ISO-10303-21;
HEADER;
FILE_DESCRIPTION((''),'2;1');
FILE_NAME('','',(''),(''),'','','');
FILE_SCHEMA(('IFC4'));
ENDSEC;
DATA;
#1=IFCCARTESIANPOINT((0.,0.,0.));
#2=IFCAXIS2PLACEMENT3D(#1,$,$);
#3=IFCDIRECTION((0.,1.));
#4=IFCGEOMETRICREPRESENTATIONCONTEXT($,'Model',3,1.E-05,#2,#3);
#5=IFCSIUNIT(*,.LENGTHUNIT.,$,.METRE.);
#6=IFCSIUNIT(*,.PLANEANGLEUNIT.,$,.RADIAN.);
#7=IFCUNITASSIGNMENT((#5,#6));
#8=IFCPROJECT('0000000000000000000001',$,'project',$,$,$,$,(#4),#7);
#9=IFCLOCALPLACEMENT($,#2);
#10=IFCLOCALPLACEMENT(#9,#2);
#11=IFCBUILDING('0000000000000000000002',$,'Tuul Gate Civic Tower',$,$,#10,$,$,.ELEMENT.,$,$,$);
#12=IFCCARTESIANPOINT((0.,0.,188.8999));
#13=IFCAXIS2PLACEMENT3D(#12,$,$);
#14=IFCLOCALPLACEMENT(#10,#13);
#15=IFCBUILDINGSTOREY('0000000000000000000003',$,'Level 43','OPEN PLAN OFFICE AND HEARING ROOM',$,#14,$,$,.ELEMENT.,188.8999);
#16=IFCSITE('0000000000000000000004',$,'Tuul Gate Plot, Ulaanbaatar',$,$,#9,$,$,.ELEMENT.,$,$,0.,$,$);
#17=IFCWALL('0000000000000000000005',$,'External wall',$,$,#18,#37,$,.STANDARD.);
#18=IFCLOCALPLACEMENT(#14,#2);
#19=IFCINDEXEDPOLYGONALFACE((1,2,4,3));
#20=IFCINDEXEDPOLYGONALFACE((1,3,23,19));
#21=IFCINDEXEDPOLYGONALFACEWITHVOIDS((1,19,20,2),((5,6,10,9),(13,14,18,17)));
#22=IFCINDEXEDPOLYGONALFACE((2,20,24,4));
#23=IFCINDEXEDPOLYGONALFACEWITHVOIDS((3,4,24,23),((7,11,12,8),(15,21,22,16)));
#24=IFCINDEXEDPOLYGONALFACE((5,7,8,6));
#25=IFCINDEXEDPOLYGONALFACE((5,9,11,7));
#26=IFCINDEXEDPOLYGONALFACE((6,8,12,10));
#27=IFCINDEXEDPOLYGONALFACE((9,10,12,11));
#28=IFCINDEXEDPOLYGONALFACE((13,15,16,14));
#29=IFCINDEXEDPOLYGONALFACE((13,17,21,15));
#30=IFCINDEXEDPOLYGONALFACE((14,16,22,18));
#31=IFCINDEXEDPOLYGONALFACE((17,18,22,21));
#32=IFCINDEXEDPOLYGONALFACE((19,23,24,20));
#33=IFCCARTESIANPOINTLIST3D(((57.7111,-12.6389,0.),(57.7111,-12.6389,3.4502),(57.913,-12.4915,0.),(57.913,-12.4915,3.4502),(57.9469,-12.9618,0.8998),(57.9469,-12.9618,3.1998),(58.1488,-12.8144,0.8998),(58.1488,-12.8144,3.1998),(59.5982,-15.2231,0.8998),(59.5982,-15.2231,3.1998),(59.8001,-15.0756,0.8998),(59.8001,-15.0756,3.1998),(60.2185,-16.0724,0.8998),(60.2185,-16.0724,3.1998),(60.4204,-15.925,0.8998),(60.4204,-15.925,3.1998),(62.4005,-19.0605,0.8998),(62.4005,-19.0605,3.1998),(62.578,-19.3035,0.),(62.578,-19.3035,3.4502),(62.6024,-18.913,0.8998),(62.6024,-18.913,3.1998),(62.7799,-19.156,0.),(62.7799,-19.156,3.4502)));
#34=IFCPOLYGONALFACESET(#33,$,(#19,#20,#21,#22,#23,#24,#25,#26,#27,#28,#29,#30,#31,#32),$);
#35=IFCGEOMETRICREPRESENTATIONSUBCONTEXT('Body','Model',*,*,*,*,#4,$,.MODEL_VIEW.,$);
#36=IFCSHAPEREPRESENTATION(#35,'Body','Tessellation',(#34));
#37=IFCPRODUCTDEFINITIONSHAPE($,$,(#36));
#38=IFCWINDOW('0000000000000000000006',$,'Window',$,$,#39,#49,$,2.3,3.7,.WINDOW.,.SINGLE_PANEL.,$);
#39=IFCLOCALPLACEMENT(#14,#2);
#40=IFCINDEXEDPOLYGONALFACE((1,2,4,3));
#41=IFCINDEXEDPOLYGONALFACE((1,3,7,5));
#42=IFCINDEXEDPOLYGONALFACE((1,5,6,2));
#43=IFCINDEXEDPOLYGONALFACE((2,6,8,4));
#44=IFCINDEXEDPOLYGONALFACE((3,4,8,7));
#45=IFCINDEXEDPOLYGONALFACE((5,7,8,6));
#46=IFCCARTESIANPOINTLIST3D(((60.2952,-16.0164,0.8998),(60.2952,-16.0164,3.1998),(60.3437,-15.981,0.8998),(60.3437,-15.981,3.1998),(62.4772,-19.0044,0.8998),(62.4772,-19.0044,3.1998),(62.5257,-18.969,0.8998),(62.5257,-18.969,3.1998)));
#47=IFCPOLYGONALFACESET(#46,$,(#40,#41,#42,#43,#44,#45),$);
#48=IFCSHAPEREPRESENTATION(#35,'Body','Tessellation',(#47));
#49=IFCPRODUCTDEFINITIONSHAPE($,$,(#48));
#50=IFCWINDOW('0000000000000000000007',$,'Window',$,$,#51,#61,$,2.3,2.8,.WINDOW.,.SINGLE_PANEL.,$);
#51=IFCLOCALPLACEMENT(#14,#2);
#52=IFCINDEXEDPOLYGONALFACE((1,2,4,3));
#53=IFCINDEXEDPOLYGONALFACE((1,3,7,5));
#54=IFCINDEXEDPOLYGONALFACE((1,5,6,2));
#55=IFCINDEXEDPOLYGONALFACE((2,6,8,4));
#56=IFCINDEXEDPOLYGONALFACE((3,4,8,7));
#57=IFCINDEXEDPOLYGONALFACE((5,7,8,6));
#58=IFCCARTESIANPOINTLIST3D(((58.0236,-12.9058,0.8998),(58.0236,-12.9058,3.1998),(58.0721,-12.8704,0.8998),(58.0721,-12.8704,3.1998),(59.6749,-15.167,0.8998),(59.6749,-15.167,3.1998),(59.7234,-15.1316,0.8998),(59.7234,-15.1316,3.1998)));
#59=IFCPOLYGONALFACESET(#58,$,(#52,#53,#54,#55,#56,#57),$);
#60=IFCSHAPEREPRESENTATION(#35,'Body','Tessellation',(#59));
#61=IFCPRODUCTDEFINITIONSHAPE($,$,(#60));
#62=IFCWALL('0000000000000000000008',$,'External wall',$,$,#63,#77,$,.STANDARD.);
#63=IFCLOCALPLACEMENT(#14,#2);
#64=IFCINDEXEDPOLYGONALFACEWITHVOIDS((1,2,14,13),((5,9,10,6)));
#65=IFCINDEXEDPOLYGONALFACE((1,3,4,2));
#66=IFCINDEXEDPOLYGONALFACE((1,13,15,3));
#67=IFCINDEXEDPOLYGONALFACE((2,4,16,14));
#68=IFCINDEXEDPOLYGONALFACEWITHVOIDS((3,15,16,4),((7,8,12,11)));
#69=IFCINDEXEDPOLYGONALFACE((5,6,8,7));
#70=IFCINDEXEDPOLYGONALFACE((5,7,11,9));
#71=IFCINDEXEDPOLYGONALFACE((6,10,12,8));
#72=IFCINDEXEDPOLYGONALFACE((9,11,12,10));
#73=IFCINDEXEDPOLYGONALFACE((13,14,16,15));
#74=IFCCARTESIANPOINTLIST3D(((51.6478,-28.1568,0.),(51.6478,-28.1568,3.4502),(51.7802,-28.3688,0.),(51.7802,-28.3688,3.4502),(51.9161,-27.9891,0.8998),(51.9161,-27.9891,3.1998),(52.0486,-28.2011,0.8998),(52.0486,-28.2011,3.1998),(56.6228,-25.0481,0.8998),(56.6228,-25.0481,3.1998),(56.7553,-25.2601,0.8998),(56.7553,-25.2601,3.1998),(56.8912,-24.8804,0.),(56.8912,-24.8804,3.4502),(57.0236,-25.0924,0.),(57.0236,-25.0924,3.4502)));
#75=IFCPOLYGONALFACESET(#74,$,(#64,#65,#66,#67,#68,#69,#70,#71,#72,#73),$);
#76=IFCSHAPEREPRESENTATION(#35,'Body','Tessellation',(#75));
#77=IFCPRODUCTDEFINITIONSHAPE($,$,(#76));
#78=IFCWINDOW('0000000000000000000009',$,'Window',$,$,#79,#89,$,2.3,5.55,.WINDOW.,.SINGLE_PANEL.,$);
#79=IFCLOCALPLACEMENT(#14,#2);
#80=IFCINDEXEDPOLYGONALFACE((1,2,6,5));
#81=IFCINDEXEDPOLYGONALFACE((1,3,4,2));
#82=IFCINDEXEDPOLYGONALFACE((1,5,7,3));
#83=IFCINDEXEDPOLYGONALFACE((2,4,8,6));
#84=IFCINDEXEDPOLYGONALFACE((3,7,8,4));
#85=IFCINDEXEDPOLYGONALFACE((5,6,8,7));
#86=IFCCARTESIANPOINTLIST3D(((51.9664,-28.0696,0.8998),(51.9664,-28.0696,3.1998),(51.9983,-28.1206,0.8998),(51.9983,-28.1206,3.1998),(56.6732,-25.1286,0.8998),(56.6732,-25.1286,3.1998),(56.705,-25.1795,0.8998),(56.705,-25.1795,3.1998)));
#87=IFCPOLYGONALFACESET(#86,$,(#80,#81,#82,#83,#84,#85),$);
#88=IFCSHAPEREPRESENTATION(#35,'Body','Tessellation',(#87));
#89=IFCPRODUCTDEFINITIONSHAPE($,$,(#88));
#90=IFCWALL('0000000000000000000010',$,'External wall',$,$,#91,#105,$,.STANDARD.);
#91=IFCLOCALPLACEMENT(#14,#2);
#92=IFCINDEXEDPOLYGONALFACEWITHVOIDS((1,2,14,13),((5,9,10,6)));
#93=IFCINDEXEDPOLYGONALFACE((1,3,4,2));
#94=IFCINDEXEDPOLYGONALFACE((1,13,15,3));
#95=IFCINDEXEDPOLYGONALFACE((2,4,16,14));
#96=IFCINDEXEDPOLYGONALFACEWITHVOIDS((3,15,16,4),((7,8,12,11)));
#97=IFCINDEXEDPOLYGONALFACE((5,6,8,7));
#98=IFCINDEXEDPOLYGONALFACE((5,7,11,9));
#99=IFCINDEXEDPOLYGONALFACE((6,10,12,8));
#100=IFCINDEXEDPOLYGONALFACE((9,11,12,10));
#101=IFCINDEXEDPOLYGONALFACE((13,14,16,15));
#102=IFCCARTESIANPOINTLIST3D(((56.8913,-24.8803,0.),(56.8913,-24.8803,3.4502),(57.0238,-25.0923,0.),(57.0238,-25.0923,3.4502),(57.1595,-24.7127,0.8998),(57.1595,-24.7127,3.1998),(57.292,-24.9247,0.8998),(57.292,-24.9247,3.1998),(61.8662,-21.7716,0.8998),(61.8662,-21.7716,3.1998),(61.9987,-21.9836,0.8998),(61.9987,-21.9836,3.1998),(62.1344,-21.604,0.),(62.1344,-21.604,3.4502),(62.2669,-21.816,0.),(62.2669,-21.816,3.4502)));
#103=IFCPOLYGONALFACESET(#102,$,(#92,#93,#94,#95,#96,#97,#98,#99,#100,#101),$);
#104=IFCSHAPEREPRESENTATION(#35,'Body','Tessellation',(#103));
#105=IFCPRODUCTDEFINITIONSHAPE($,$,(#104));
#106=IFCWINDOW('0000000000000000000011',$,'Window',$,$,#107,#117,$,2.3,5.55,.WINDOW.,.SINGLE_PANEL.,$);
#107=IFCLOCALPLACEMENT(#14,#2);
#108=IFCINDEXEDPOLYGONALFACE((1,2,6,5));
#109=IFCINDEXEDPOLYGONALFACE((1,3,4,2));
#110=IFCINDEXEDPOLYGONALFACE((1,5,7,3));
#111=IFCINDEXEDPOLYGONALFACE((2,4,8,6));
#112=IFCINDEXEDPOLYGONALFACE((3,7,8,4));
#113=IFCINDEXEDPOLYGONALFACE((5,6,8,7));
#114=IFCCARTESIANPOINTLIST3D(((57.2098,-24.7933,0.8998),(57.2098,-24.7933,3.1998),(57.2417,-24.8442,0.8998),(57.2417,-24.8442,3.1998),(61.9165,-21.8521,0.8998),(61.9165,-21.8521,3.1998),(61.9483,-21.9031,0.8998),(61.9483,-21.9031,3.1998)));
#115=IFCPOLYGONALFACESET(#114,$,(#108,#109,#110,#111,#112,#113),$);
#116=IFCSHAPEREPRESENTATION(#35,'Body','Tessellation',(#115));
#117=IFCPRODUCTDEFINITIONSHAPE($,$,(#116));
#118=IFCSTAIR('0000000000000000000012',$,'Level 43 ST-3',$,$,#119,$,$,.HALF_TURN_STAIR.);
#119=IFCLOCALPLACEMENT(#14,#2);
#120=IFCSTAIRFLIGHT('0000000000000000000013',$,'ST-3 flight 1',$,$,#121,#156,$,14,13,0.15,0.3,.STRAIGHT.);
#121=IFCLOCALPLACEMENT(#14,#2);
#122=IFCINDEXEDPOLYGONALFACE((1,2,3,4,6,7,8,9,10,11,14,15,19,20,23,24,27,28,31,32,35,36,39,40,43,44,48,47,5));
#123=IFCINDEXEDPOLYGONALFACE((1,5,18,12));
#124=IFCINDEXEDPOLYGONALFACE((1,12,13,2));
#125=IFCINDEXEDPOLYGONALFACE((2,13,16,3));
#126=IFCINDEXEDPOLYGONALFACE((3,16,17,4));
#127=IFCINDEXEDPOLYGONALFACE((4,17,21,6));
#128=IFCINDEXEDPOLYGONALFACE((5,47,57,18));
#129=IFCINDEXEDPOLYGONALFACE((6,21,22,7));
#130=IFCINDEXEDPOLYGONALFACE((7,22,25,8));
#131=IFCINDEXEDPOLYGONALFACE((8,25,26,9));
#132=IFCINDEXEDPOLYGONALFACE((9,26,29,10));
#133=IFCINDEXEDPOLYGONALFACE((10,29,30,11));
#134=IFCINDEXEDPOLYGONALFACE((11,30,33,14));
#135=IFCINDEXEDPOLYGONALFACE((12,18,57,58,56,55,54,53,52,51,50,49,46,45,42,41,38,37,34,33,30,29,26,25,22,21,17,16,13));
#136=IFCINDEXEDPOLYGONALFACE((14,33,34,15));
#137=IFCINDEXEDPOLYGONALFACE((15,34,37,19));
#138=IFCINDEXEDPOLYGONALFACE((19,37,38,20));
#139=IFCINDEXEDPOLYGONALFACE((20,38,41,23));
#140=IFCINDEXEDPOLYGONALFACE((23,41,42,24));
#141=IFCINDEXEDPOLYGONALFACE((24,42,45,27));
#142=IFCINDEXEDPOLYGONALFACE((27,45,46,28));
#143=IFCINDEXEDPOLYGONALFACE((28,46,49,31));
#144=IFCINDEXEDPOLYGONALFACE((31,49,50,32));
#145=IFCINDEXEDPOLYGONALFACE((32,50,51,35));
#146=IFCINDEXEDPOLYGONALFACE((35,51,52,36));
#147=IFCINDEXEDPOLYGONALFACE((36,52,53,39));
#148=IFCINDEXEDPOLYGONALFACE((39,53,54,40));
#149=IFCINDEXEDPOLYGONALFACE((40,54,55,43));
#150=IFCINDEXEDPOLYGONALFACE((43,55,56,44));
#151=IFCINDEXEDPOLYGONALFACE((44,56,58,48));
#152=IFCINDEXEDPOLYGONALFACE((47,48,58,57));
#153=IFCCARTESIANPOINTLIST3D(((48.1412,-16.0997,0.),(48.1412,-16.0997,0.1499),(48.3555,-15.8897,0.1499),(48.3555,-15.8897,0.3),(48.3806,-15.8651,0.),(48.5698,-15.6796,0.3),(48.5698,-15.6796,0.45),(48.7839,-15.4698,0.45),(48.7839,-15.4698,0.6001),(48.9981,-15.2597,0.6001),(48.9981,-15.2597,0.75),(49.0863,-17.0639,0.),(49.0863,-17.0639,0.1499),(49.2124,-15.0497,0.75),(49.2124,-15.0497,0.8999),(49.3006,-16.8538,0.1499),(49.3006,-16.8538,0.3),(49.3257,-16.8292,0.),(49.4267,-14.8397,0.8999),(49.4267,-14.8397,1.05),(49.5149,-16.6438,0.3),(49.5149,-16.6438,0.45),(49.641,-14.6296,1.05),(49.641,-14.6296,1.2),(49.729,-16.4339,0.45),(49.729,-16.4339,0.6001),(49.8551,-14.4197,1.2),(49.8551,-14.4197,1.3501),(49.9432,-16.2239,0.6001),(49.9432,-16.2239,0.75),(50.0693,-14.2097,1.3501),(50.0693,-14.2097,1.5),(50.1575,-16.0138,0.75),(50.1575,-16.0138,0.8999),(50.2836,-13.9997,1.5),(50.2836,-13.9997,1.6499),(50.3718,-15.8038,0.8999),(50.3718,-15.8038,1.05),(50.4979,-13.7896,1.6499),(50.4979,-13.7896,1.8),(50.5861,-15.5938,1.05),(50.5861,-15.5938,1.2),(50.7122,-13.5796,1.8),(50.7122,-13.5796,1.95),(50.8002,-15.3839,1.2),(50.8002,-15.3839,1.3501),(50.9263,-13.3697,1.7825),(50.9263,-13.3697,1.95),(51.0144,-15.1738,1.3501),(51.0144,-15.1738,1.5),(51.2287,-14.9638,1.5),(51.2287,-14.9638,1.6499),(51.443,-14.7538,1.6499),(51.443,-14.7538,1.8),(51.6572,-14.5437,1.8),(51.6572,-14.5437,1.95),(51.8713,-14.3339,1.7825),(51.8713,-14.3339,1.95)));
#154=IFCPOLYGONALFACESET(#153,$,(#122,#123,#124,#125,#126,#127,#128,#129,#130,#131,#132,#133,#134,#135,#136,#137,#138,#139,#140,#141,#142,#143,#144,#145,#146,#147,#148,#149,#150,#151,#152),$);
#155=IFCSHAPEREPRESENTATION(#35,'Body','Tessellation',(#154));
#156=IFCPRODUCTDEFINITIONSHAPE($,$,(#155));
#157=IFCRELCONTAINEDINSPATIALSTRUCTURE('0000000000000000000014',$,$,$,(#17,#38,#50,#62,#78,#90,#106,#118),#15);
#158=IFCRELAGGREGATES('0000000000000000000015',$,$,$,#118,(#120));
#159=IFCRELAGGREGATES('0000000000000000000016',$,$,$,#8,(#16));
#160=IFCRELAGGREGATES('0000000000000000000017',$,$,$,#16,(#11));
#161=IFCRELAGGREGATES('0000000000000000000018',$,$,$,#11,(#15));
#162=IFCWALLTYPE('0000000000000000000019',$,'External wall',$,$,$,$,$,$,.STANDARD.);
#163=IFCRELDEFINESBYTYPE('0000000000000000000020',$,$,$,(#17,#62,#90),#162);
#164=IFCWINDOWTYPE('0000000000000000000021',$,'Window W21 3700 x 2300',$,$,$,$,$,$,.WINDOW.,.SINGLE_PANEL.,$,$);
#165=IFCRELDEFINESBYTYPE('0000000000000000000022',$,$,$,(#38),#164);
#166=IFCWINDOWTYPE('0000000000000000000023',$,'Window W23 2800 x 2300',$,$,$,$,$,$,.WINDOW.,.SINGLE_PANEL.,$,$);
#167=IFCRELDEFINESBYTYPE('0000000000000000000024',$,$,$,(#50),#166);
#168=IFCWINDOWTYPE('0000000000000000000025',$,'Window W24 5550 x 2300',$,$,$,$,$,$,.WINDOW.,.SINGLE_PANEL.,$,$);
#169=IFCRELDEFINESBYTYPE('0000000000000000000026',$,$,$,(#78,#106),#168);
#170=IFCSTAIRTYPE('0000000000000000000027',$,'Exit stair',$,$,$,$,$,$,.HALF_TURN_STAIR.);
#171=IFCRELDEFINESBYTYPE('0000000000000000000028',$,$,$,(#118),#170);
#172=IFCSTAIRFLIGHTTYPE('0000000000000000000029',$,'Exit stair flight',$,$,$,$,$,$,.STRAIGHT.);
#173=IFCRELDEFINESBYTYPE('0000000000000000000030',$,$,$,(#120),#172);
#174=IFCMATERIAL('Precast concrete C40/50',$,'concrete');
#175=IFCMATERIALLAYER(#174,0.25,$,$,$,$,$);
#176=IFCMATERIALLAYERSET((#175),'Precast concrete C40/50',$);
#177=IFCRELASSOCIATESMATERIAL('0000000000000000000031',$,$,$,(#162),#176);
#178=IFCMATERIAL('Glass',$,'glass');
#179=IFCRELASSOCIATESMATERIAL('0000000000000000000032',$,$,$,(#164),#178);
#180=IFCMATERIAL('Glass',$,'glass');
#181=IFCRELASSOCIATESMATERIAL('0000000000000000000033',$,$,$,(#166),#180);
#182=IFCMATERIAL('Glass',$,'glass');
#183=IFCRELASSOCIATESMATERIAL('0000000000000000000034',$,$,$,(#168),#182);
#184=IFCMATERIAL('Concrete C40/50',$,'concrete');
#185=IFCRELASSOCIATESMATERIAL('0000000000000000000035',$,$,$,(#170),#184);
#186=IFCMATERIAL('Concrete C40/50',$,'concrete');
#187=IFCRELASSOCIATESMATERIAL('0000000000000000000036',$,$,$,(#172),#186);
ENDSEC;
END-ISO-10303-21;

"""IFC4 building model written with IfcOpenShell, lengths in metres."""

from ifc_helpers import new_model, si_unit, direction, frame, frame_2d, origin, place, context, subcontext, project, spatial, polyline, rectangle, outline, extrude, material, layer, layer_set, type_object, element, fill, aggregate, save


model = new_model("IFC4")

# Units and contexts
model_context = context("Model", 3, precision=1e-05, world=origin(), true_north=direction((0.0, 1.0)))
body_context = subcontext(model_context, "Body", "Model", "MODEL_VIEW")
ifc_project = project(units=[si_unit("LENGTHUNIT", "METRE"), si_unit("PLANEANGLEUNIT", "RADIAN")], contexts=[model_context])

# Site, building, storey
site_placement = place(None, origin())
site = spatial("IfcSite", under=ifc_project, at=site_placement, Name="Tuul Gate Plot, Ulaanbaatar", CompositionType="ELEMENT", RefElevation=0.0)
building_placement = place(site_placement, origin())
building = spatial("IfcBuilding", under=site, at=building_placement, Name="Tuul Gate Civic Tower", CompositionType="ELEMENT")
storey_placement = place(building_placement, frame((0.0, 0.0, 188.8999)))
storey = spatial("IfcBuildingStorey", under=building, at=storey_placement, Name="Level 43", Description="OPEN PLAN OFFICE AND HEARING ROOM", CompositionType="ELEMENT", Elevation=188.8999)

# Shared definitions
ifc_material_1 = material(Name="Precast concrete C40/50", Category="concrete")
ifc_layer_1 = layer(ifc_material_1, 0.25)
ifc_layer_set_1 = layer_set([ifc_layer_1], Name="Precast concrete C40/50")
wall_type_1 = type_object("IfcWallType", Name="External wall", PredefinedType="STANDARD", material=ifc_layer_set_1)

# Wall, openings, windows
wall_1_placement = place(storey_placement, frame((62.679, -19.2297, 0.0), z_axis=(0.0, 0.0, 1.0), x_axis=(-0.589755, 0.807582, 0.0)))
wall_1 = element("IfcWall", 1, at=wall_1_placement, inside=storey, type_object=wall_type_1, Name="External wall", PredefinedType="STANDARD", context=body_context, shape_type="SweptSolid", body=[
    extrude(rectangle(XDim=8.2524, YDim=0.25, at=frame_2d((4.1262, 0.0))), origin(), (0.0, 0.0, 1.0), 3.4502),
])
opening_1_placement = place(wall_1_placement, frame((0.3008, 0.0, 0.8999)))
opening_1 = element("IfcOpeningElement", 2, at=opening_1_placement, cuts=wall_1, PredefinedType="OPENING", context=body_context, shape_type="SweptSolid", body=[
    extrude(rectangle(XDim=3.7, YDim=2.3, at=frame_2d((1.8501, 1.1499))), frame((0.0, 0.135, 0.0), z_axis=(0.0, -1.0, 0.0), x_axis=(1.0, 0.0, 0.0)), (0.0, 0.0, 1.0), 0.27),
])
opening_2_placement = place(wall_1_placement, frame((5.0527, 0.0, 0.8999)))
opening_2 = element("IfcOpeningElement", 3, at=opening_2_placement, cuts=wall_1, PredefinedType="OPENING", context=body_context, shape_type="SweptSolid", body=[
    extrude(rectangle(XDim=2.8, YDim=2.3, at=frame_2d((1.3999, 1.1499))), frame((0.0, 0.135, 0.0), z_axis=(0.0, -1.0, 0.0), x_axis=(1.0, 0.0, 0.0)), (0.0, 0.0, 1.0), 0.27),
])
ifc_material_2 = material(Name="Glass", Category="glass")
window_type_1 = type_object("IfcWindowType", Name="Window W21 3700 x 2300", PartitioningType="SINGLE_PANEL", PredefinedType="WINDOW", material=ifc_material_2)
window_1_placement = place(opening_1_placement, origin())
window_1 = element("IfcWindow", 4, at=window_1_placement, inside=storey, type_object=window_type_1, Name="Window", OverallHeight=2.3, OverallWidth=3.7, PartitioningType="SINGLE_PANEL", PredefinedType="WINDOW", context=body_context, shape_type="SweptSolid", body=[
    extrude(rectangle(XDim=3.7, YDim=2.3, at=frame_2d((1.8501, 1.1499))), frame((0.0, 0.03, 0.0), z_axis=(0.0, -1.0, 0.0), x_axis=(1.0, 0.0, 0.0)), (0.0, 0.0, 1.0), 0.0601),
])
fill(opening_1, window_1)
ifc_material_3 = material(Name="Glass", Category="glass")
window_type_2 = type_object("IfcWindowType", Name="Window W23 2800 x 2300", PartitioningType="SINGLE_PANEL", PredefinedType="WINDOW", material=ifc_material_3)
window_2_placement = place(opening_2_placement, origin())
window_2 = element("IfcWindow", 5, at=window_2_placement, inside=storey, type_object=window_type_2, Name="Window", OverallHeight=2.3, OverallWidth=2.8, PartitioningType="SINGLE_PANEL", PredefinedType="WINDOW", context=body_context, shape_type="SweptSolid", body=[
    extrude(rectangle(XDim=2.8, YDim=2.3, at=frame_2d((1.3999, 1.1499))), frame((0.0, 0.03, 0.0), z_axis=(0.0, -1.0, 0.0), x_axis=(1.0, 0.0, 0.0)), (0.0, 0.0, 1.0), 0.0601),
])
fill(opening_2, window_2)

# Walls, openings, windows
wall_2_placement = place(storey_placement, frame((51.7141, -28.2627, 0.0), z_axis=(0.0, 0.0, 1.0), x_axis=(0.848054, 0.52991, 0.0)))
wall_2 = element("IfcWall", 6, at=wall_2_placement, inside=storey, type_object=wall_type_1, Name="External wall", PredefinedType="STANDARD", context=body_context, shape_type="SweptSolid", body=[
    extrude(rectangle(XDim=6.1829, YDim=0.25, at=frame_2d((3.0913, 0.0))), origin(), (0.0, 0.0, 1.0), 3.4502),
])
opening_3_placement = place(wall_2_placement, frame((0.3164, 0.0, 0.8999)))
opening_3 = element("IfcOpeningElement", 7, at=opening_3_placement, cuts=wall_2, PredefinedType="OPENING", context=body_context, shape_type="SweptSolid", body=[
    extrude(rectangle(XDim=5.55, YDim=2.3, at=frame_2d((2.7749, 1.1499))), frame((0.0, 0.135, 0.0), z_axis=(0.0, -1.0, 0.0), x_axis=(1.0, 0.0, 0.0)), (0.0, 0.0, 1.0), 0.27),
])
ifc_material_4 = material(Name="Glass", Category="glass")
window_type_3 = type_object("IfcWindowType", Name="Window W24 5550 x 2300", PartitioningType="SINGLE_PANEL", PredefinedType="WINDOW", material=ifc_material_4)
window_3_placement = place(opening_3_placement, origin())
window_3 = element("IfcWindow", 8, at=window_3_placement, inside=storey, type_object=window_type_3, Name="Window", OverallHeight=2.3, OverallWidth=5.55, PartitioningType="SINGLE_PANEL", PredefinedType="WINDOW", context=body_context, shape_type="SweptSolid", body=[
    extrude(rectangle(XDim=5.55, YDim=2.3, at=frame_2d((2.7749, 1.1499))), frame((0.0, 0.03, 0.0), z_axis=(0.0, -1.0, 0.0), x_axis=(1.0, 0.0, 0.0)), (0.0, 0.0, 1.0), 0.0601),
])
fill(opening_3, window_3)
wall_3_placement = place(storey_placement, frame((56.9575, -24.9863, 0.0), z_axis=(0.0, 0.0, 1.0), x_axis=(0.848043, 0.529928, 0.0)))
wall_3 = element("IfcWall", 9, at=wall_3_placement, inside=storey, type_object=wall_type_1, Name="External wall", PredefinedType="STANDARD", context=body_context, shape_type="SweptSolid", body=[
    extrude(rectangle(XDim=6.1826, YDim=0.25, at=frame_2d((3.0913, 0.0))), origin(), (0.0, 0.0, 1.0), 3.4502),
])
opening_4_placement = place(wall_3_placement, frame((0.3164, 0.0, 0.8999)))
opening_4 = element("IfcOpeningElement", 10, at=opening_4_placement, cuts=wall_3, PredefinedType="OPENING", context=body_context, shape_type="SweptSolid", body=[
    extrude(rectangle(XDim=5.55, YDim=2.3, at=frame_2d((2.7749, 1.1499))), frame((0.0, 0.135, 0.0), z_axis=(0.0, -1.0, 0.0), x_axis=(1.0, 0.0, 0.0)), (0.0, 0.0, 1.0), 0.27),
])
window_4_placement = place(opening_4_placement, origin())
window_4 = element("IfcWindow", 11, at=window_4_placement, inside=storey, type_object=window_type_3, Name="Window", OverallHeight=2.3, OverallWidth=5.55, PartitioningType="SINGLE_PANEL", PredefinedType="WINDOW", context=body_context, shape_type="SweptSolid", body=[
    extrude(rectangle(XDim=5.55, YDim=2.3, at=frame_2d((2.7749, 1.1499))), frame((0.0, 0.03, 0.0), z_axis=(0.0, -1.0, 0.0), x_axis=(1.0, 0.0, 0.0)), (0.0, 0.0, 1.0), 0.0601),
])
fill(opening_4, window_4)

# Stair, stair flight
ifc_material_5 = material(Name="Concrete C40/50", Category="concrete")
stair_type = type_object("IfcStairType", Name="Exit stair", PredefinedType="HALF_TURN_STAIR", material=ifc_material_5)
stair_placement = place(storey_placement, origin())
stair = element("IfcStair", 12, at=stair_placement, inside=storey, type_object=stair_type, Name="Level 43 ST-3", PredefinedType="HALF_TURN_STAIR")
ifc_material_6 = material(Name="Concrete C40/50", Category="concrete")
stair_flight_type = type_object("IfcStairFlightType", Name="Exit stair flight", PredefinedType="STRAIGHT", material=ifc_material_6)
stair_flight_placement = place(storey_placement, frame((48.6138, -16.5818, 0.0), z_axis=(0.0, 0.0, 1.0), x_axis=(0.714127, 0.700016, 0.0)))
stair_flight = element("IfcStairFlight", 13, at=stair_flight_placement, type_object=stair_flight_type, Name="ST-3 flight 1", NumberOfRisers=14, NumberOfTreads=13, PredefinedType="STRAIGHT", RiserHeight=0.15, TreadLength=0.3, context=body_context, shape_type="SweptSolid", body=[
    extrude(outline(polyline([(0.0, 0.0), (0.0, 0.1499), (0.3, 0.1499), (0.3, 0.3), (0.6001, 0.3), (0.6001, 0.45), (0.8999, 0.45), (0.8999, 0.6001), (1.2, 0.6001), (1.2, 0.75), (1.5, 0.75), (1.5, 0.8999), (1.8, 0.8999), (1.8, 1.05), (2.1001, 1.05), (2.1001, 1.2), (2.3999, 1.2), (2.3999, 1.3501), (2.7, 1.3501), (2.7, 1.5), (3.0, 1.5), (3.0, 1.6499), (3.3, 1.6499), (3.3, 1.8), (3.6001, 1.8), (3.6001, 1.95), (3.8999, 1.95), (3.8999, 2.1001), (3.8999, 1.7825), (0.3352, 0.0), (0.0, 0.0)])), frame((0.0, 0.675, 0.0), z_axis=(0.0, -1.0, 0.0), x_axis=(1.0, 0.0, 0.0)), (0.0, 0.0, 1.0), 1.3501),
])
aggregate(stair, [stair_flight])

save(model, "model.ifc")
